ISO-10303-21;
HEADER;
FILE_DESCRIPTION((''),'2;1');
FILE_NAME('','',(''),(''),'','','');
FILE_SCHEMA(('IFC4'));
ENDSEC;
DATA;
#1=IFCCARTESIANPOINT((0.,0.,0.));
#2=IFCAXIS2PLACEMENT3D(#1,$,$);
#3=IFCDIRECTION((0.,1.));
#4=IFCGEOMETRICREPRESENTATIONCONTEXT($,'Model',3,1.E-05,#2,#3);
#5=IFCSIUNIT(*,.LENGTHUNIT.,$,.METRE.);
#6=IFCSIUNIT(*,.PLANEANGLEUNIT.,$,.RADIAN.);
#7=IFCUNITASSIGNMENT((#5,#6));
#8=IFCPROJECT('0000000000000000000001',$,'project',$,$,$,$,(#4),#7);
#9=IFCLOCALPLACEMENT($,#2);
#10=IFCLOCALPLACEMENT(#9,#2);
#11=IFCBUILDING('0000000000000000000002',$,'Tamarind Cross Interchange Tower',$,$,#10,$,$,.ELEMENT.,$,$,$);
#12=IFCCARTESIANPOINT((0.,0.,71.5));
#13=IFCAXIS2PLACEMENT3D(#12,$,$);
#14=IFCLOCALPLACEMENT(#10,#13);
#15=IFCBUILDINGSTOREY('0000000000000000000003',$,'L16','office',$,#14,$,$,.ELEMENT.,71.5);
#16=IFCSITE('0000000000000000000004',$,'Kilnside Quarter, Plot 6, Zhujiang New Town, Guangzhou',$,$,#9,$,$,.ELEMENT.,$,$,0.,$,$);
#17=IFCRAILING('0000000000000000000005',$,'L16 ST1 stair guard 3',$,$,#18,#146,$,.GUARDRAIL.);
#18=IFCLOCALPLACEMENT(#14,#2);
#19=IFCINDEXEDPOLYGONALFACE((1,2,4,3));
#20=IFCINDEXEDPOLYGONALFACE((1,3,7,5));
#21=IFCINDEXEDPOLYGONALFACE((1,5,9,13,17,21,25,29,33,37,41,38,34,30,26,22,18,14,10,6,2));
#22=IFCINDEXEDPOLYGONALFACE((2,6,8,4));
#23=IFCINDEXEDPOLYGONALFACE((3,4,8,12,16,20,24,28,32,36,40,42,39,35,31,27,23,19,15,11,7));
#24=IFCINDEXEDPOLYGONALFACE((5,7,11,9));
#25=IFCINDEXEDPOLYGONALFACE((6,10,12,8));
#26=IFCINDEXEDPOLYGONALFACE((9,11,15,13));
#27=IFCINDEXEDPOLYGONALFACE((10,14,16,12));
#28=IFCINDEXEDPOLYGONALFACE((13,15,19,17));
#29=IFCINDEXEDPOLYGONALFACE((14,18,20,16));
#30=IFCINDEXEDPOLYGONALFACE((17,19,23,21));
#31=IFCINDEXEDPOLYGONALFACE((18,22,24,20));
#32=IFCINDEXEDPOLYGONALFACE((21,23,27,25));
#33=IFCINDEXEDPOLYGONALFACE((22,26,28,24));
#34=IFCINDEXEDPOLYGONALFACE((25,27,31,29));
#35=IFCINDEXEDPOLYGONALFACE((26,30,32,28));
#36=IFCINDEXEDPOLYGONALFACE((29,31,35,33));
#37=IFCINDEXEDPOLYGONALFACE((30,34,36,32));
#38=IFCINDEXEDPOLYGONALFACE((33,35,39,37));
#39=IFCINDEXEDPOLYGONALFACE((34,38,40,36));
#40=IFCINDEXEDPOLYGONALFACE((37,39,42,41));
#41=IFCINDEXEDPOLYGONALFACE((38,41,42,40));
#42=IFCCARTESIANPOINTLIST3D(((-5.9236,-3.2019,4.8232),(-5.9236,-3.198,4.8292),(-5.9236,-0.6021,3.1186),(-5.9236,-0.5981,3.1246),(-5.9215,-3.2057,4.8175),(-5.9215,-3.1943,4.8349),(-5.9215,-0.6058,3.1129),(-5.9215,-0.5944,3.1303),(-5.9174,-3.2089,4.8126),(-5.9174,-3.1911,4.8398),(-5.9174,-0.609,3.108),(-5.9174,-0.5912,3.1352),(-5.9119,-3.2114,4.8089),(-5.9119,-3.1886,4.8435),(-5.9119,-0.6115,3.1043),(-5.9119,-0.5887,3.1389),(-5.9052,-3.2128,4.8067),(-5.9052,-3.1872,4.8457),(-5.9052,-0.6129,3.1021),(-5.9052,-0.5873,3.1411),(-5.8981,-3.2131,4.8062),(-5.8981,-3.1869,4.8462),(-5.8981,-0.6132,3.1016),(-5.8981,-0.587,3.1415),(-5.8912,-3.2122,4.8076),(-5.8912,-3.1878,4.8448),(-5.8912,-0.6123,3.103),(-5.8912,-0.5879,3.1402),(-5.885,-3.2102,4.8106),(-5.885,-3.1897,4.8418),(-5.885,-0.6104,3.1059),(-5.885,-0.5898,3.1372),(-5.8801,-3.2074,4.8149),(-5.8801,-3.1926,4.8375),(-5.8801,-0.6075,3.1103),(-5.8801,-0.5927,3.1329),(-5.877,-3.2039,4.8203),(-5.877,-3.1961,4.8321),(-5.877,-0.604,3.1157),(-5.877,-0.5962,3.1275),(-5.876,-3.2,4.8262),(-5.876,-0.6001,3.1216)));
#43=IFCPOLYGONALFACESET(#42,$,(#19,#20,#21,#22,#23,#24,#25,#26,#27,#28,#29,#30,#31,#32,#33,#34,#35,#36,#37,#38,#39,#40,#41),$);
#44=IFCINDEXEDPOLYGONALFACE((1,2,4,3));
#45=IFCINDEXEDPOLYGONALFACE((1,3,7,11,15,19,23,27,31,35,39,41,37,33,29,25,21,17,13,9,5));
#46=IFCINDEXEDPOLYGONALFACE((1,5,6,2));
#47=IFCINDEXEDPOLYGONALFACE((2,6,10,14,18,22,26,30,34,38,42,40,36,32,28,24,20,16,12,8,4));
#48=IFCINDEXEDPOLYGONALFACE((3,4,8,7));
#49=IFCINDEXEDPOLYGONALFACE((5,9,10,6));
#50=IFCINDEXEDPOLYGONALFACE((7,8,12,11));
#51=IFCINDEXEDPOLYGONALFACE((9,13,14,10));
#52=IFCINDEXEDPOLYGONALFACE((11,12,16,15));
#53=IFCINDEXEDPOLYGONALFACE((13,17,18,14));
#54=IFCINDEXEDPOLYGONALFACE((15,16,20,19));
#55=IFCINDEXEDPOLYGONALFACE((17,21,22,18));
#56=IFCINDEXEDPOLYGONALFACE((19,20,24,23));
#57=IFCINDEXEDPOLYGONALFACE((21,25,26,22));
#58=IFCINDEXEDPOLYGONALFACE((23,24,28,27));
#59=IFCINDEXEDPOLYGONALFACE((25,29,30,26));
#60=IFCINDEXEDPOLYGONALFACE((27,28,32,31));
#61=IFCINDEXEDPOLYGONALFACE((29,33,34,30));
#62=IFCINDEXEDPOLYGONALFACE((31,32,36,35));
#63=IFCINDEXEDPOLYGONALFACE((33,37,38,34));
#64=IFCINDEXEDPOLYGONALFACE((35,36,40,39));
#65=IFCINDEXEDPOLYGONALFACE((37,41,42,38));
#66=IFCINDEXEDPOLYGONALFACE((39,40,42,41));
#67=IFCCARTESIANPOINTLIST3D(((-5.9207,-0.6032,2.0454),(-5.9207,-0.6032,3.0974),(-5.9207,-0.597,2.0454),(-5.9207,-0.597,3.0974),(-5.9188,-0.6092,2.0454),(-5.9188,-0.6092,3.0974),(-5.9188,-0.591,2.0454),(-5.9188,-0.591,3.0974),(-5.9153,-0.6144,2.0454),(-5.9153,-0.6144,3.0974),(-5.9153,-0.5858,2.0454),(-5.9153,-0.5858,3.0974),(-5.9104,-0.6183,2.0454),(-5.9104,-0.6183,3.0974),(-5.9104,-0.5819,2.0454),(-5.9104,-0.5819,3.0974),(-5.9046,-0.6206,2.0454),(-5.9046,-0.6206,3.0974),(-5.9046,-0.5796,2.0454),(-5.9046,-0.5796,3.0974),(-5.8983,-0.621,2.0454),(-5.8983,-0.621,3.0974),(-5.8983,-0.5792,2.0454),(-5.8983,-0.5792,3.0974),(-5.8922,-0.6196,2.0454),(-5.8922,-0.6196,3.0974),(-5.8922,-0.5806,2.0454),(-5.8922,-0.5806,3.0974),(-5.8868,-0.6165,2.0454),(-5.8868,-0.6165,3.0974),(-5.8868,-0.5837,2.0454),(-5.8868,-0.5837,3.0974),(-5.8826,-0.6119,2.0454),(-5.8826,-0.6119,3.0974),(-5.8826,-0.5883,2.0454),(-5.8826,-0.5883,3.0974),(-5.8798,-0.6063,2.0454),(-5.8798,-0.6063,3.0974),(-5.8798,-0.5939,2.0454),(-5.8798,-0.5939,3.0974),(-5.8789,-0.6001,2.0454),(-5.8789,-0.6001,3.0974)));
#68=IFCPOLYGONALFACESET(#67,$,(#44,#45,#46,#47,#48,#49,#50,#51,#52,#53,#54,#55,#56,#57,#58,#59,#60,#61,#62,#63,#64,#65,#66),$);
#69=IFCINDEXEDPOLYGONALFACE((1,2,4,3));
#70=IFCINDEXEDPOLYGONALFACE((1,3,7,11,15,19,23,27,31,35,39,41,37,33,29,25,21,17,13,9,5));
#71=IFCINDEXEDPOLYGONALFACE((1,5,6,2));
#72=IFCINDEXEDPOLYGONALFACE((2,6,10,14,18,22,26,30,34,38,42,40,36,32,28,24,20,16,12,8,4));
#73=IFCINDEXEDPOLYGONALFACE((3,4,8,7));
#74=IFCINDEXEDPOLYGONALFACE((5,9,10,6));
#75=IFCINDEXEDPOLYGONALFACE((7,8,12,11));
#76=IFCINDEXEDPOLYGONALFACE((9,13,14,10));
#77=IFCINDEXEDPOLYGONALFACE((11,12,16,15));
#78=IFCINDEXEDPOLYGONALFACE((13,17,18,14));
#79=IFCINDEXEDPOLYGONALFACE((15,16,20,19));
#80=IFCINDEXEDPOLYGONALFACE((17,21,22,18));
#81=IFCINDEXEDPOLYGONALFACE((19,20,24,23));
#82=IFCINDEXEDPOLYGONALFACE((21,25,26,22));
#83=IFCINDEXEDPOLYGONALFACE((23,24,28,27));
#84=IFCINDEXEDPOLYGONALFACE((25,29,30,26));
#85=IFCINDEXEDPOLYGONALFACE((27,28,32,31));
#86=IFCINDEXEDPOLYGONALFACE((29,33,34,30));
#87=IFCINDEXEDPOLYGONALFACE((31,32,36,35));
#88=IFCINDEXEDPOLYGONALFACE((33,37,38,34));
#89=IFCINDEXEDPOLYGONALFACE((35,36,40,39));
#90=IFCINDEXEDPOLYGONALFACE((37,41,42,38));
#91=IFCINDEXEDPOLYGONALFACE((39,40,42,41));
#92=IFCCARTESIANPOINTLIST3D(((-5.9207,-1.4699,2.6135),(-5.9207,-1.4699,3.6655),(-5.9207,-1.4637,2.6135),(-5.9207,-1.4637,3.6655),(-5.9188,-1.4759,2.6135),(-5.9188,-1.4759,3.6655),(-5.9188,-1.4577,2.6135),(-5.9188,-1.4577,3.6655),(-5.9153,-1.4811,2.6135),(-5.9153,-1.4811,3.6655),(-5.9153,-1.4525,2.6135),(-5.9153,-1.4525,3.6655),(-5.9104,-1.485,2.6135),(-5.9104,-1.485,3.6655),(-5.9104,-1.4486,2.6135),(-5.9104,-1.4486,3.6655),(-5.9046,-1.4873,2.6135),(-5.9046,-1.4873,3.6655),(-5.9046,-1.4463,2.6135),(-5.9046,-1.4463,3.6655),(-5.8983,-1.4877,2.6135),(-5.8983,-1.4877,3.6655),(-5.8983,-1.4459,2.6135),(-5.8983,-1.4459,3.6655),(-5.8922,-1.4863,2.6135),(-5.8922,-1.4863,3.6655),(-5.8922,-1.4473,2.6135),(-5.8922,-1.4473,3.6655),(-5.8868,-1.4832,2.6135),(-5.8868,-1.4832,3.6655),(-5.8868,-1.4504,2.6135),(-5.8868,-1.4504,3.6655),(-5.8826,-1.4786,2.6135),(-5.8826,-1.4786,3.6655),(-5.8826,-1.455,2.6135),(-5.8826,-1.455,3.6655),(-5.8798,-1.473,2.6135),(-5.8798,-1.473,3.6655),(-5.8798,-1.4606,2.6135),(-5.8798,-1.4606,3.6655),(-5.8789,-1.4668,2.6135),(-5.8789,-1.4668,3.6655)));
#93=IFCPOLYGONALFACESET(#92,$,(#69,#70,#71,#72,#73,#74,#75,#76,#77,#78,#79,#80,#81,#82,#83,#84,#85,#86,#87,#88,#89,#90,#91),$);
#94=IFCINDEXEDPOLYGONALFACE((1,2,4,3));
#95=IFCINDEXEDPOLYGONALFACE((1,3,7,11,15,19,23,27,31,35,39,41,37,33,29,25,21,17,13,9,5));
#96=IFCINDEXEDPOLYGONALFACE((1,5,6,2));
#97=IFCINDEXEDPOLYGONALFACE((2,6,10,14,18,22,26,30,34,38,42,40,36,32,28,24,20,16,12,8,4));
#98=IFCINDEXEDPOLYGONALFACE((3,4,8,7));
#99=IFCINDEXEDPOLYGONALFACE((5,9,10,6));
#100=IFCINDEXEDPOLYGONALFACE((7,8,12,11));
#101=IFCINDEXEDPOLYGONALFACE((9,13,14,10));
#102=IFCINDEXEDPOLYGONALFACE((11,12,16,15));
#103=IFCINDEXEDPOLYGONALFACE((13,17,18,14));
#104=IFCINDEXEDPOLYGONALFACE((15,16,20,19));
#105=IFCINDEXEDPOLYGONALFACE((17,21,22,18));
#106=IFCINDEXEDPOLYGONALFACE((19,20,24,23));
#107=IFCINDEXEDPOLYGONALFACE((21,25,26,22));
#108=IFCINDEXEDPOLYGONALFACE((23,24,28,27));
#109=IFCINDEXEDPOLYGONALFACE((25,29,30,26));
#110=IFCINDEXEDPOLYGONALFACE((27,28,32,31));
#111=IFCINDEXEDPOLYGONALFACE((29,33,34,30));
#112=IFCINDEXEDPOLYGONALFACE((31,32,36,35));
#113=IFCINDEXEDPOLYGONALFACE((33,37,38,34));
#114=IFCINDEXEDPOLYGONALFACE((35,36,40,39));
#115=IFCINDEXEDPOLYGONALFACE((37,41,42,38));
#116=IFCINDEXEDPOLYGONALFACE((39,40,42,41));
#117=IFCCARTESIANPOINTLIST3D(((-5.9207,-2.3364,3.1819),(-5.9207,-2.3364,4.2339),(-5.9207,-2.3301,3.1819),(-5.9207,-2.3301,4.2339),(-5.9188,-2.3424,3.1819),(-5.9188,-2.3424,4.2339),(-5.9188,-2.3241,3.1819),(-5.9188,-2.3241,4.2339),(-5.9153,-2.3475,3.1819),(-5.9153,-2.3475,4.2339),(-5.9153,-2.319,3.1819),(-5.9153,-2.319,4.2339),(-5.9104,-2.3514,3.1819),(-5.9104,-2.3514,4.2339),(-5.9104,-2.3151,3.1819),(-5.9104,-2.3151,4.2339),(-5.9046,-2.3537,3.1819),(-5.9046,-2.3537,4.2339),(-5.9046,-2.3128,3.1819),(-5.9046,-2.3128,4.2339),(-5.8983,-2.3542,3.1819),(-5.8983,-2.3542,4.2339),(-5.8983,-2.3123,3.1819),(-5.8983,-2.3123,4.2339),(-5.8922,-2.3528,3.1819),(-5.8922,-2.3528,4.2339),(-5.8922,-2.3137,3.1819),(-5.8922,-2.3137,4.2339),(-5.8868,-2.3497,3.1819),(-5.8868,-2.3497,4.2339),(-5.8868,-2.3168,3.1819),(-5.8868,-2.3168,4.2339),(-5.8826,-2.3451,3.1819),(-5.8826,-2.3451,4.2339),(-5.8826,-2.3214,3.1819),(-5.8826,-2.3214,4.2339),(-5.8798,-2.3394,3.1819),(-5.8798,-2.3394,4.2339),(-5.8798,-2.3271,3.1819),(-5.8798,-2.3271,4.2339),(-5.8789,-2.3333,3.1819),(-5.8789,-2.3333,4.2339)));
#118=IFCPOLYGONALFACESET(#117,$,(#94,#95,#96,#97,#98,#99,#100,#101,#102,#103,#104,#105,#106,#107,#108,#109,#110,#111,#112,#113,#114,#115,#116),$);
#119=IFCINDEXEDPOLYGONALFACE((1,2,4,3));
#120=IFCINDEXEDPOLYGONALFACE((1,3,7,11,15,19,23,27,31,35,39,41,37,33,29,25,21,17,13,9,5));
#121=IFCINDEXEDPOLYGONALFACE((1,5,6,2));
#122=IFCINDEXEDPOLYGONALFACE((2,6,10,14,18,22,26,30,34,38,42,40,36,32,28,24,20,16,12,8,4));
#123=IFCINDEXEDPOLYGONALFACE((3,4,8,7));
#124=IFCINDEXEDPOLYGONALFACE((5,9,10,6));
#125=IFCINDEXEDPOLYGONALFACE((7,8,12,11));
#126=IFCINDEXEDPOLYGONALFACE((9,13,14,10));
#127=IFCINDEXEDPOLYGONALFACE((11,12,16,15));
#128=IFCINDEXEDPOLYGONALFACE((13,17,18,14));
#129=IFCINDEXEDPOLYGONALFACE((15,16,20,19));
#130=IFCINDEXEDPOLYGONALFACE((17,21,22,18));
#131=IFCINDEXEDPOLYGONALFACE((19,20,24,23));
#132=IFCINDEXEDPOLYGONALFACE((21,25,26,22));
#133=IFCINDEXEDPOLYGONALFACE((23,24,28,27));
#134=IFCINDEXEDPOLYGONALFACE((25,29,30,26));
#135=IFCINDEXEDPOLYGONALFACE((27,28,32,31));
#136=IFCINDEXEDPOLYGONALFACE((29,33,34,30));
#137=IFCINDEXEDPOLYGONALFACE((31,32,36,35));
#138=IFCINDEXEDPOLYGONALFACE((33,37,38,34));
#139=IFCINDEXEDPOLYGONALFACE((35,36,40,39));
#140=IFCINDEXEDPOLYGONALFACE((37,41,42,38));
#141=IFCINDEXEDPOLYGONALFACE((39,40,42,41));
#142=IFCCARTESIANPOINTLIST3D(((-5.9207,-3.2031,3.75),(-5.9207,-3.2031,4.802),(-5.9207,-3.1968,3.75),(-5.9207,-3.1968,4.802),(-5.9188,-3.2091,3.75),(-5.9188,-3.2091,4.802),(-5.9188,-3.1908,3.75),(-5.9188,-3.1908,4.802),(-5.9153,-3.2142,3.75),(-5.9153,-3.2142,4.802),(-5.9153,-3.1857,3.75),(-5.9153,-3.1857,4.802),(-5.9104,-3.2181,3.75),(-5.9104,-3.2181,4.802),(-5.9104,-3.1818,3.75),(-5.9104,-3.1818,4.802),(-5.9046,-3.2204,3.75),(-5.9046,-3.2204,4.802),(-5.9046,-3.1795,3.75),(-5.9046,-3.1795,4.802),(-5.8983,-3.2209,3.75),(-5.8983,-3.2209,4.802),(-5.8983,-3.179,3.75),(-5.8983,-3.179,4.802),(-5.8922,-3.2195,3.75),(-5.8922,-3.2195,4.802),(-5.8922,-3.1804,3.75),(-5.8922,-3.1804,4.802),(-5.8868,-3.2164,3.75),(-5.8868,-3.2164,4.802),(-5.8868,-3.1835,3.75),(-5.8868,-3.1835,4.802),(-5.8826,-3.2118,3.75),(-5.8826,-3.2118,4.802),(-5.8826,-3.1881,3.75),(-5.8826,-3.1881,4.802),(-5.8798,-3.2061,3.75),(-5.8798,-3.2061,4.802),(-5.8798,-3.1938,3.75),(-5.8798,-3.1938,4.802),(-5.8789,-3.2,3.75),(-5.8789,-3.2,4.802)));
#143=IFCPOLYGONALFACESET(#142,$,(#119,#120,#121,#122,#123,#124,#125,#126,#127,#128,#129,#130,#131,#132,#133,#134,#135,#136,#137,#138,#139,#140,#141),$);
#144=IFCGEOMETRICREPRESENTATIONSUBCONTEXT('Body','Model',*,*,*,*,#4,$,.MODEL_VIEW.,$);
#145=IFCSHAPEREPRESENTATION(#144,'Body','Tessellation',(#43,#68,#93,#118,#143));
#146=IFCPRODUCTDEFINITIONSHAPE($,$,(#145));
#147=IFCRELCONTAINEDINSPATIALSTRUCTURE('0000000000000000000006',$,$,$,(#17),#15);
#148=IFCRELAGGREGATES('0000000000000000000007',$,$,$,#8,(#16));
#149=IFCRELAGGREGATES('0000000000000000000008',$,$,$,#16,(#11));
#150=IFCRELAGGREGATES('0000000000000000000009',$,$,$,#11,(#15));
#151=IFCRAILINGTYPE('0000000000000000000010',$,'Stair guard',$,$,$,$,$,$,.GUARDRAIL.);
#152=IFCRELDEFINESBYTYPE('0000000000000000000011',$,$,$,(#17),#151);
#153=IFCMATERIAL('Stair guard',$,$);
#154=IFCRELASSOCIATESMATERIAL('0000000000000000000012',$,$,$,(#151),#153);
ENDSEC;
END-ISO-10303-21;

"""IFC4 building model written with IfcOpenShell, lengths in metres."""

from ifc_helpers import new_model, si_unit, direction, frame, origin, origin_2d, place, context, subcontext, project, spatial, circle, extrude, material, type_object, element, save


model = new_model("IFC4")

# Units and contexts
model_context = context("Model", 3, precision=1e-05, world=origin(), true_north=direction((0.0, 1.0)))
body_context = subcontext(model_context, "Body", "Model", "MODEL_VIEW")
ifc_project = project(units=[si_unit("LENGTHUNIT", "METRE"), si_unit("PLANEANGLEUNIT", "RADIAN")], contexts=[model_context])

# Site, building, storey
site_placement = place(None, origin())
site = spatial("IfcSite", under=ifc_project, at=site_placement, Name="Kilnside Quarter, Plot 6, Zhujiang New Town, Guangzhou", CompositionType="ELEMENT", RefElevation=0.0)
building_placement = place(site_placement, origin())
building = spatial("IfcBuilding", under=site, at=building_placement, Name="Tamarind Cross Interchange Tower", CompositionType="ELEMENT")
storey_placement = place(building_placement, frame((0.0, 0.0, 71.5)))
storey = spatial("IfcBuildingStorey", under=building, at=storey_placement, Name="L16", Description="office", CompositionType="ELEMENT", Elevation=71.5)

# Railing
ifc_material_1 = material(Name="Stair guard")
railing_type_1 = type_object("IfcRailingType", Name="Stair guard", PredefinedType="GUARDRAIL", material=ifc_material_1)
railing_1_placement = place(storey_placement, frame((-5.8999, -0.6001, 2.0454)))
element("IfcRailing", 1, at=railing_1_placement, inside=storey, type_object=railing_type_1, Name="L16 ST1 stair guard 3", PredefinedType="GUARDRAIL", context=body_context, shape_type="SweptSolid", body=[
    extrude(circle(Radius=0.0239, at=origin_2d()), frame((0.0, 0.0, 1.0762), z_axis=(0.0, -0.836279, 0.548305), x_axis=(1.0, 0.0, 0.0)), (0.0, 0.0, 1.0), 3.1089),
    extrude(circle(Radius=0.021, at=origin_2d()), origin(), (0.0, 0.0, 1.0), 1.052),
    extrude(circle(Radius=0.021, at=origin_2d()), frame((0.0, -0.8667, 0.5681)), (0.0, 0.0, 1.0), 1.052),
    extrude(circle(Radius=0.021, at=origin_2d()), frame((0.0, -1.7332, 1.1365)), (0.0, 0.0, 1.0), 1.052),
    extrude(circle(Radius=0.021, at=origin_2d()), frame((0.0, -2.5999, 1.7046)), (0.0, 0.0, 1.0), 1.052),
])

save(model, "model.ifc")
